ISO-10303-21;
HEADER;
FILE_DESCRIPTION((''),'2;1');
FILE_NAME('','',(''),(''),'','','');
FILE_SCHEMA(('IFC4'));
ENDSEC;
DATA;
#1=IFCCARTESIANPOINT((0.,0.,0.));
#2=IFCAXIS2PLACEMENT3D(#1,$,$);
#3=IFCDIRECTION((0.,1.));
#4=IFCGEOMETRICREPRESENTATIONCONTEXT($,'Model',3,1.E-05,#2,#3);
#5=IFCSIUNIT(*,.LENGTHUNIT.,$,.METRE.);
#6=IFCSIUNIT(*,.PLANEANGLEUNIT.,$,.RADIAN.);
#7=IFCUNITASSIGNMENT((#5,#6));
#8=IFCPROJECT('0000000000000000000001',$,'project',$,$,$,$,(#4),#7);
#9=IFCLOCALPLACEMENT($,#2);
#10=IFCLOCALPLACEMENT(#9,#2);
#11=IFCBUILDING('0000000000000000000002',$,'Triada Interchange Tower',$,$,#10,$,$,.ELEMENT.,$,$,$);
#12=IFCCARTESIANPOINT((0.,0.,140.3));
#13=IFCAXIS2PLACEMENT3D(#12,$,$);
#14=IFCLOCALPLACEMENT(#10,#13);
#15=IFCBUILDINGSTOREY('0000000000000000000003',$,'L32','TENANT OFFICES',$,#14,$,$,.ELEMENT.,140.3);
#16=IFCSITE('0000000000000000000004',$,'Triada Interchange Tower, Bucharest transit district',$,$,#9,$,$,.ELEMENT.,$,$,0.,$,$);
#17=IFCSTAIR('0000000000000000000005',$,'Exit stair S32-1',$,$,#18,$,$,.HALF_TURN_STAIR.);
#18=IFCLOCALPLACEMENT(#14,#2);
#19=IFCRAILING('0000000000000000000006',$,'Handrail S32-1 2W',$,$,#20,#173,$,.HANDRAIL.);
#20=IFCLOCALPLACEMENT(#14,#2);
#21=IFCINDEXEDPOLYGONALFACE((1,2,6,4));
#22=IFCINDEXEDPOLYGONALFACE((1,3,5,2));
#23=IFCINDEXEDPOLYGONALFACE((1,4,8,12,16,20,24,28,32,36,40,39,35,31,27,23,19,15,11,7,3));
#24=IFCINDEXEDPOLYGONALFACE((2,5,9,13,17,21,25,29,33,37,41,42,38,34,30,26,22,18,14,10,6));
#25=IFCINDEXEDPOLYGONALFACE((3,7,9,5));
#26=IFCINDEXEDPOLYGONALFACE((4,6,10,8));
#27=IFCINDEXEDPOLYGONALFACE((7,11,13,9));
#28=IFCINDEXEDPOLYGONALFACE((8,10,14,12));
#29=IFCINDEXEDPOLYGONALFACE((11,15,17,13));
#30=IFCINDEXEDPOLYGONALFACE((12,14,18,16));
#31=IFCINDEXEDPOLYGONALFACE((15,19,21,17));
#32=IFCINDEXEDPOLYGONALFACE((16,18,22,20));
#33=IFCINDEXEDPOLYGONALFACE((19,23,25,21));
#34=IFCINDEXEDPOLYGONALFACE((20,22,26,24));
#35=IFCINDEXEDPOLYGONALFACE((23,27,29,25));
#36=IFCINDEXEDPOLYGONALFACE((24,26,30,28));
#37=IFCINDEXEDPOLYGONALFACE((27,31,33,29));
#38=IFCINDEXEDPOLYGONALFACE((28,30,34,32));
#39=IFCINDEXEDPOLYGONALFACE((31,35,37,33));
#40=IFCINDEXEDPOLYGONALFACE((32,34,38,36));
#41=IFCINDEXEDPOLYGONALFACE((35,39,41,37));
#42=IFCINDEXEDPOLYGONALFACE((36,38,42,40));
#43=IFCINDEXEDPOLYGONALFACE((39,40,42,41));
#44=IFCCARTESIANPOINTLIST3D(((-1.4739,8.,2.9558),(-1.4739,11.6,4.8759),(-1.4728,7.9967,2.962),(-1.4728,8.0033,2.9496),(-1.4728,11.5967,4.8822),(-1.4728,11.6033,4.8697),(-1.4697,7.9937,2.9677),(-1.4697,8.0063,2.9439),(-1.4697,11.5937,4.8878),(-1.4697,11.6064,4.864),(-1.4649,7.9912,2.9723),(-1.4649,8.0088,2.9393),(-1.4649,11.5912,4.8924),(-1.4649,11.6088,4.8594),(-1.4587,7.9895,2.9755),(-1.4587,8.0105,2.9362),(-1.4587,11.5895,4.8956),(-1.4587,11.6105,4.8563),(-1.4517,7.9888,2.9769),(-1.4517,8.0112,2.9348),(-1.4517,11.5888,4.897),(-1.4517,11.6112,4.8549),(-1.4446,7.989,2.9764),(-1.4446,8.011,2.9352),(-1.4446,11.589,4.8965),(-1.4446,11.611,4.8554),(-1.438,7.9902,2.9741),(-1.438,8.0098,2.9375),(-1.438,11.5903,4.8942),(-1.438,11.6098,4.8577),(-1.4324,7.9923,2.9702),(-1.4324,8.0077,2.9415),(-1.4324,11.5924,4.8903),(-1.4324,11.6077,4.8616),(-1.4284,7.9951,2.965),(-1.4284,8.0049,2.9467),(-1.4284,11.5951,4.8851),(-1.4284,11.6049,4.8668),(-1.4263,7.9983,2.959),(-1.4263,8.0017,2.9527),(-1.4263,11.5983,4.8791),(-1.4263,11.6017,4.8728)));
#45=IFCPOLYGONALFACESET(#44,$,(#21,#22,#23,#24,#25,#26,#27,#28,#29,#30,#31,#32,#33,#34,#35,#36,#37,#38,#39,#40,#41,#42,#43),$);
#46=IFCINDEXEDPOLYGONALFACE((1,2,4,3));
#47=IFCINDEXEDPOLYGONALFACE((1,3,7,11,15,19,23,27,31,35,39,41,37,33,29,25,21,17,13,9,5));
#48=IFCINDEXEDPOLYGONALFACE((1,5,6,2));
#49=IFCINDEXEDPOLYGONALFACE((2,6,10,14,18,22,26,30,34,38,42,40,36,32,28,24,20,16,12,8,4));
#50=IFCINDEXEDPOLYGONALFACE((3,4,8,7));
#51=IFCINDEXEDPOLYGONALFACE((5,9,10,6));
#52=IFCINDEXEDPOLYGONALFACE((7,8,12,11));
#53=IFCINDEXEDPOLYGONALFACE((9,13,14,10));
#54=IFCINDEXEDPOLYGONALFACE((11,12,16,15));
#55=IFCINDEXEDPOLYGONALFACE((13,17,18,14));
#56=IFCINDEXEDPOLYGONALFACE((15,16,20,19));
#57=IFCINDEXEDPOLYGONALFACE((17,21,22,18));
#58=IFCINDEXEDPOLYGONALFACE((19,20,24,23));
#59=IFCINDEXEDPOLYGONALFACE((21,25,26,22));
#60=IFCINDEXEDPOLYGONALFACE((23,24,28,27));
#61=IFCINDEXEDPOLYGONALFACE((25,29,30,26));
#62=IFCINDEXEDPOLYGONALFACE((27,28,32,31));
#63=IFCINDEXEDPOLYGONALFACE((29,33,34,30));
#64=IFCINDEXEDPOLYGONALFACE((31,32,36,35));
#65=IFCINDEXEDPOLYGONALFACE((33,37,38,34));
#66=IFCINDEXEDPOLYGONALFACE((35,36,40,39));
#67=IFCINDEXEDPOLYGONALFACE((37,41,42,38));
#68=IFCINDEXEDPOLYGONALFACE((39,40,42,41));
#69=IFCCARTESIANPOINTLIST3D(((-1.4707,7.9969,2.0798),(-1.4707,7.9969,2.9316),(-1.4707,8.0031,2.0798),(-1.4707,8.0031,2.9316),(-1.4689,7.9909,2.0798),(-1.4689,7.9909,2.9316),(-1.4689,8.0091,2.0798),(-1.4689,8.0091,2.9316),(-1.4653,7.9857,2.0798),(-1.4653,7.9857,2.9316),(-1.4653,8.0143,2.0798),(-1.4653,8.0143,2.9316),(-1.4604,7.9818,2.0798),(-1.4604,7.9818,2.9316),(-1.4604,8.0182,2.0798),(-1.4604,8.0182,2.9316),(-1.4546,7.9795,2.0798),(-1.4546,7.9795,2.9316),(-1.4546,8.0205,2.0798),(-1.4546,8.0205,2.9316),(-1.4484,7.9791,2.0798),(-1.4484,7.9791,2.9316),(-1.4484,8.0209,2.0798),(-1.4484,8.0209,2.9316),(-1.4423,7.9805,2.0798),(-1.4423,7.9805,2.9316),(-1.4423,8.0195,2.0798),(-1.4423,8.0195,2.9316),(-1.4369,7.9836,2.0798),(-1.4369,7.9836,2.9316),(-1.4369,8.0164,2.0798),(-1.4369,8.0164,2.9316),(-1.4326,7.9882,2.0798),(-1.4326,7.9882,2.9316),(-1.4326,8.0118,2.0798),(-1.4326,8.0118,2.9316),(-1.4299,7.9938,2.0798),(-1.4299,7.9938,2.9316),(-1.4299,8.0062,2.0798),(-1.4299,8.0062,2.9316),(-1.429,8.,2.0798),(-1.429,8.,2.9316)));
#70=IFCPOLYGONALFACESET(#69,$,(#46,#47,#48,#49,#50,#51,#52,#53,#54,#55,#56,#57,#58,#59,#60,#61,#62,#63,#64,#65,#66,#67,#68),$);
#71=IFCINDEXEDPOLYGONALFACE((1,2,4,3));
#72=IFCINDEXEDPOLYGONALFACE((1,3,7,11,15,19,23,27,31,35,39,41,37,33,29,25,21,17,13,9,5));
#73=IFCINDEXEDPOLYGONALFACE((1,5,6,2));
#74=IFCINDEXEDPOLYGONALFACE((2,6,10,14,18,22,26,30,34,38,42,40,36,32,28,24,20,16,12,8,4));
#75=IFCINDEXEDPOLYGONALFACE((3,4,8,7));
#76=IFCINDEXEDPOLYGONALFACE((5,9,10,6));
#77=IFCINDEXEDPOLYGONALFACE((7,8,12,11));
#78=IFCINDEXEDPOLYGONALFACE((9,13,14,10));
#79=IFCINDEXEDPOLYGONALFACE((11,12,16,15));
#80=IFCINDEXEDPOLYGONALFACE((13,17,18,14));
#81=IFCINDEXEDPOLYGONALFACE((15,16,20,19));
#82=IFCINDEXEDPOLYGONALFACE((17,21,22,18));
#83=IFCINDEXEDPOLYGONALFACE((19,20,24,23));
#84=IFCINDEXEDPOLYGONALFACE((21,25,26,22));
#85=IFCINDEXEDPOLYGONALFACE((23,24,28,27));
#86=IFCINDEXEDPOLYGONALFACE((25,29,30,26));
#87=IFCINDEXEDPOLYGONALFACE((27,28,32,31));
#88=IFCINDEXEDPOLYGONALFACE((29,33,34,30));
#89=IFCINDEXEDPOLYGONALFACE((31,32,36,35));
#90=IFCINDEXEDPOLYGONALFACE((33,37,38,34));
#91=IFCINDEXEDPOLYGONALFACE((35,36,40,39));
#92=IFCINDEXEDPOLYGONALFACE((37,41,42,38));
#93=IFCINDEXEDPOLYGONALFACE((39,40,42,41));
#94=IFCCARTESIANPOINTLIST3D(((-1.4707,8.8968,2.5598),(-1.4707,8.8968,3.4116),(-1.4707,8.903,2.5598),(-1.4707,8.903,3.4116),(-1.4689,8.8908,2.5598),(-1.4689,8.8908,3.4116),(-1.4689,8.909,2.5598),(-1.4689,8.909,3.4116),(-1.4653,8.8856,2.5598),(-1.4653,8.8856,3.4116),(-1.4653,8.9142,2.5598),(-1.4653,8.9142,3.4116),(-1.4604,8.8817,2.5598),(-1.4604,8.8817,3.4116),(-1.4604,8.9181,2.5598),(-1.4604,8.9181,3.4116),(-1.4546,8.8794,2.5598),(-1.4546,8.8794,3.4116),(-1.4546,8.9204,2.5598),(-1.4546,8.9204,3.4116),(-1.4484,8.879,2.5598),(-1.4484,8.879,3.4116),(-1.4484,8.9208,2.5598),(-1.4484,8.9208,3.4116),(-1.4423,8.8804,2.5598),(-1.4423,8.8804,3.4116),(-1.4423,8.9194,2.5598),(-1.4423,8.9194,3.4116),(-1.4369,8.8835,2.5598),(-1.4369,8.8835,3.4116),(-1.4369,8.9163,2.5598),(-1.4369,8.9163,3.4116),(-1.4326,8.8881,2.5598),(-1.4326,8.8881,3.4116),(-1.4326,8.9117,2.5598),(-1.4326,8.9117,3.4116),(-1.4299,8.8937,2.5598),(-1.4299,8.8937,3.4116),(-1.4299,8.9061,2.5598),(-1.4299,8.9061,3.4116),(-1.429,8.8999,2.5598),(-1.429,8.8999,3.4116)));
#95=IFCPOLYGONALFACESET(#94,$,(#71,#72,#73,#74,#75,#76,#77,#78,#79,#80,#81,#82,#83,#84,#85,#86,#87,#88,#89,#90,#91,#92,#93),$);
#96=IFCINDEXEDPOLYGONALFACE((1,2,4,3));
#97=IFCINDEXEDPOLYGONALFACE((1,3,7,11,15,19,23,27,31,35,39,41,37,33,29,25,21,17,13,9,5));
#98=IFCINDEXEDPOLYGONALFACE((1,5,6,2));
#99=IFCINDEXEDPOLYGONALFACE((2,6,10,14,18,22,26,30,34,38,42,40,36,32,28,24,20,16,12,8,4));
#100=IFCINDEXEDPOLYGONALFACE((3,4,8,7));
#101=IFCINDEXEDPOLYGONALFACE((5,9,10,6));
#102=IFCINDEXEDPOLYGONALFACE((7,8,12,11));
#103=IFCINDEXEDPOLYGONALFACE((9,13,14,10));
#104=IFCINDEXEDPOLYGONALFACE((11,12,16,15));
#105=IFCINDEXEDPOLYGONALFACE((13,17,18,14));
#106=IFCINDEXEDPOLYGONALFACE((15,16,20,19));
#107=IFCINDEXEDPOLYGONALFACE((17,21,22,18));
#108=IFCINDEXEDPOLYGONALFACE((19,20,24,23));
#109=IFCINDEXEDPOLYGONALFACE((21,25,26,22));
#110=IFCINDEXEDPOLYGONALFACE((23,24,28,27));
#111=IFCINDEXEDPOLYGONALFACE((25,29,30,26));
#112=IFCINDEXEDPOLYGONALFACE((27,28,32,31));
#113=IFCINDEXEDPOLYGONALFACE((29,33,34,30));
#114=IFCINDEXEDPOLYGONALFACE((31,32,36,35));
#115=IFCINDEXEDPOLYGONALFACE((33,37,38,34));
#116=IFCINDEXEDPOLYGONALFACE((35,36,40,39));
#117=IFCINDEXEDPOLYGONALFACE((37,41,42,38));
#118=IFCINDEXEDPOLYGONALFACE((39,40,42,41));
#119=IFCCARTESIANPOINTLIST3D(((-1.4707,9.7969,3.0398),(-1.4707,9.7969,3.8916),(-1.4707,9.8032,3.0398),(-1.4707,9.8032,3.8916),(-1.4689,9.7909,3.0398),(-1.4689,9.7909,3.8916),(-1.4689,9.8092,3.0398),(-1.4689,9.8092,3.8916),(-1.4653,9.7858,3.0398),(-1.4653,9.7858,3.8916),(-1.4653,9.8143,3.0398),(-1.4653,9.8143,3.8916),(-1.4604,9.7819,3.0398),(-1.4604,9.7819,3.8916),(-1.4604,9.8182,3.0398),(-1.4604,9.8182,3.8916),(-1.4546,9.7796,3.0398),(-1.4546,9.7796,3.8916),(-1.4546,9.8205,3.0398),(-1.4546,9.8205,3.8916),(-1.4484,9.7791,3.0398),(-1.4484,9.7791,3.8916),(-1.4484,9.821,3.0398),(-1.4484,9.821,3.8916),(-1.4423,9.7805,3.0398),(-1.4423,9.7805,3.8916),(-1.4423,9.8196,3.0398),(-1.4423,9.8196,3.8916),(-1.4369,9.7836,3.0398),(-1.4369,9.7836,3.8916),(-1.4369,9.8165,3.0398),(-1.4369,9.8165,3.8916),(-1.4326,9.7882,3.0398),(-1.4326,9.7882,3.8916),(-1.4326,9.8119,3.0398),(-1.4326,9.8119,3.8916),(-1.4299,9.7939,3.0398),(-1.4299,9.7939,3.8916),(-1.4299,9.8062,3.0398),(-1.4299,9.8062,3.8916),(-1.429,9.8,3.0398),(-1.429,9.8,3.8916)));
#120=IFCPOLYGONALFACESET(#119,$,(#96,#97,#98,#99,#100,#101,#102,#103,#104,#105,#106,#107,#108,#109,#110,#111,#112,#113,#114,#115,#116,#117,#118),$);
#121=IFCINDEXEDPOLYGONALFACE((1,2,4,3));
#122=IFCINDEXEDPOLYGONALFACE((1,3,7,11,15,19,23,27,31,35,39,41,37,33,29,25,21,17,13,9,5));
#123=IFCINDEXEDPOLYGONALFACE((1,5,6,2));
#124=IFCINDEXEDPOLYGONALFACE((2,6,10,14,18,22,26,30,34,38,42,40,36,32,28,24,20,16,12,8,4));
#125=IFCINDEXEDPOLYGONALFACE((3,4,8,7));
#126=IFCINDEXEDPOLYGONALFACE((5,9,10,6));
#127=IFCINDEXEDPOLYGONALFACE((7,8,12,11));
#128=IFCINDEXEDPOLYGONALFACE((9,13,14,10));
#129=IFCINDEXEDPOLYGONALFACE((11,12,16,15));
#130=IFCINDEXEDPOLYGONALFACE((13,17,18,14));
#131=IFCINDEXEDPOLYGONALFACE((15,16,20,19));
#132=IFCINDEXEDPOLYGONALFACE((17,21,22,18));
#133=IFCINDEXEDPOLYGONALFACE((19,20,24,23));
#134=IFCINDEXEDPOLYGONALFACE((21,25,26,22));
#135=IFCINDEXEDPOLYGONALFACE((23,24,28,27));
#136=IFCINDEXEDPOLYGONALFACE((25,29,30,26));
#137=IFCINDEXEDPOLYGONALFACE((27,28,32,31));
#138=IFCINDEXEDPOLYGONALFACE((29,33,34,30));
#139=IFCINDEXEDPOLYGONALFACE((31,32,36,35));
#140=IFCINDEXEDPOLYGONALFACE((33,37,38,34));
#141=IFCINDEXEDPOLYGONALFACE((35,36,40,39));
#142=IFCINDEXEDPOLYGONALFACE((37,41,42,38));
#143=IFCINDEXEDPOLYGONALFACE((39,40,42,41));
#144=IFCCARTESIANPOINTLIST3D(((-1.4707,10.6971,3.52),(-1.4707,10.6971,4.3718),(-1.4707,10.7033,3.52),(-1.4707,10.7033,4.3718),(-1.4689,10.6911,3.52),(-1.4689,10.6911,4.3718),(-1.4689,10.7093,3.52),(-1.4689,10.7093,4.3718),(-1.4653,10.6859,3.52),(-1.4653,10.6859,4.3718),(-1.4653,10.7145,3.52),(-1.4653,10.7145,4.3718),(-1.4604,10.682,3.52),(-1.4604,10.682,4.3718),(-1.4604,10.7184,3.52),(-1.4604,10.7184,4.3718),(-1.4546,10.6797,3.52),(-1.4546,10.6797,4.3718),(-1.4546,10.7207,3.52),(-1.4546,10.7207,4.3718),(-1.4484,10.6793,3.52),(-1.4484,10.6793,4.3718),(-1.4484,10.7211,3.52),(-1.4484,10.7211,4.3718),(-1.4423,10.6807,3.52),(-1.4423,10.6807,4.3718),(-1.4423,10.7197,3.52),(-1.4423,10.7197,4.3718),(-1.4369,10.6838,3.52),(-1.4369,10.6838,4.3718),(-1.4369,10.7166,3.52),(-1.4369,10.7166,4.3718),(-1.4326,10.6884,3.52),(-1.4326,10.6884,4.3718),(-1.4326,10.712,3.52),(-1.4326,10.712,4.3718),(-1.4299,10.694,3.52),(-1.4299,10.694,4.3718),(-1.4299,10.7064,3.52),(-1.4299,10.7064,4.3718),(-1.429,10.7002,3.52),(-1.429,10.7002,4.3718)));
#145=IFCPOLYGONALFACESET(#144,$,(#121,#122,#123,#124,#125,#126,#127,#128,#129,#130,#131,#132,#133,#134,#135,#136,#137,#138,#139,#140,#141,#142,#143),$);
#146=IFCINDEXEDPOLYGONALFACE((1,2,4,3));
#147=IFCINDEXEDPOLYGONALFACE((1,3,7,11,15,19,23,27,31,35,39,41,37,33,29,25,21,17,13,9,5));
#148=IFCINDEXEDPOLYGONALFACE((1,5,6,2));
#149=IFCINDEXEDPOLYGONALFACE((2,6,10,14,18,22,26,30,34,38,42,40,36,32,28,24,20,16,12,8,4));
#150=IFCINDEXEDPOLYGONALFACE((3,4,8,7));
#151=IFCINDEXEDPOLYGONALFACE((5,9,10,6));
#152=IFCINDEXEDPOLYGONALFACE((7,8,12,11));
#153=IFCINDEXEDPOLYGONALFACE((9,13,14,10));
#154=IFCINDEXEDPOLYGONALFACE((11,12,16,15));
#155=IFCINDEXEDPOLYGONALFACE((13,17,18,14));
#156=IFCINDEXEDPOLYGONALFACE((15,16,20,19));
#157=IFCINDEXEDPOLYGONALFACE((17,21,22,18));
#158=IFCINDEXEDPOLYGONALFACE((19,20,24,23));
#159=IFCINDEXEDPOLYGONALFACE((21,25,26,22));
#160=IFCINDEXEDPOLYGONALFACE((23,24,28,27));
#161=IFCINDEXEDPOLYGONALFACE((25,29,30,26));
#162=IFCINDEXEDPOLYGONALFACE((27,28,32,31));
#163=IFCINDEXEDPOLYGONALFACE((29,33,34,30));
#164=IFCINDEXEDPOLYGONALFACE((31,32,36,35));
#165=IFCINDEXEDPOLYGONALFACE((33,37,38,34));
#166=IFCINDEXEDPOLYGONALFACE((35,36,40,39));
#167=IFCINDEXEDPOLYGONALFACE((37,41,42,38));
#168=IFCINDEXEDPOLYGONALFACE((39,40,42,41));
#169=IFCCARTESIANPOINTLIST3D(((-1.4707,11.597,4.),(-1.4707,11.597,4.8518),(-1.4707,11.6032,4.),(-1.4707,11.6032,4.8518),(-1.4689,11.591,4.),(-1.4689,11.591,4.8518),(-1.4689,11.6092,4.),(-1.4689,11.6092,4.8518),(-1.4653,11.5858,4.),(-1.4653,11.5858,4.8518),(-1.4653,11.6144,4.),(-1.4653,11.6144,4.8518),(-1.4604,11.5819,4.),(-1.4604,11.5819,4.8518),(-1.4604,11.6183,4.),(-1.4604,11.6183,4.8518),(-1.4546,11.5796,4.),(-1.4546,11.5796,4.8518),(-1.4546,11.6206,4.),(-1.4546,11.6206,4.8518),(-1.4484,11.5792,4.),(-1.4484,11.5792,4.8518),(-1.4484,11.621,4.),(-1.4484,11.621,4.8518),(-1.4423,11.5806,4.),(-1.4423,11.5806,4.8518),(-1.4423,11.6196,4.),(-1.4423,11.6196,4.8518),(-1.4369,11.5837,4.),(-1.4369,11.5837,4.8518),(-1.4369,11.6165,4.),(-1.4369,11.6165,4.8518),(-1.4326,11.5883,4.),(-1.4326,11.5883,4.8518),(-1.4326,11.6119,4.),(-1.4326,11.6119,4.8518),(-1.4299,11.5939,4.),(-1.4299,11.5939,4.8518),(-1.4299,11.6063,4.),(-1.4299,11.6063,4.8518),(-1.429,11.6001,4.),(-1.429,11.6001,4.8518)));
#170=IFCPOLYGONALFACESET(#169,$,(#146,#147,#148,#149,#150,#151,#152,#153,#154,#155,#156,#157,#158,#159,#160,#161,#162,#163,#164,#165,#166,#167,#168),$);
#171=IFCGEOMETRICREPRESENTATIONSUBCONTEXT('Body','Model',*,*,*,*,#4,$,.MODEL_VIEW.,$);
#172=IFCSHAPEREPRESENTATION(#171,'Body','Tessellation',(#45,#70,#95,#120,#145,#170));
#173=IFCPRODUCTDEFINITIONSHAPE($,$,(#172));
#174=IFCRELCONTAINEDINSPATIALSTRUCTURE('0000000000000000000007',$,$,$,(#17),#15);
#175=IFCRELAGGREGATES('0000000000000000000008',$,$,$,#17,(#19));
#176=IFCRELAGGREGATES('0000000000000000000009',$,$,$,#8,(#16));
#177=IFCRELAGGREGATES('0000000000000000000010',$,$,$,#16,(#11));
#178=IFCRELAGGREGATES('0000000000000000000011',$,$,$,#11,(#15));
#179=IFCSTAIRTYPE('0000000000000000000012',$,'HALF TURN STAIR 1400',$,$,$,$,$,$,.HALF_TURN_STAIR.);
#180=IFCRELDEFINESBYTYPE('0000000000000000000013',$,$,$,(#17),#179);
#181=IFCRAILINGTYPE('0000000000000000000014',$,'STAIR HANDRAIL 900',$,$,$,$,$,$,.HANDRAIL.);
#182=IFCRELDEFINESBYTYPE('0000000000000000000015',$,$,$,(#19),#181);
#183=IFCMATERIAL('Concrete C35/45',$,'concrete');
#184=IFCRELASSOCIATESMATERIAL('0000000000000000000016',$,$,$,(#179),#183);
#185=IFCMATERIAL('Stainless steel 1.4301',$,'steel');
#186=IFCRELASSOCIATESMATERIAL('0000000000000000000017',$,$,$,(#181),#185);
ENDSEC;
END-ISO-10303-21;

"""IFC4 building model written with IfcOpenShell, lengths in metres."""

from ifc_helpers import new_model, si_unit, direction, frame, origin, origin_2d, place, context, subcontext, project, spatial, circle, extrude, material, type_object, element, aggregate, save


model = new_model("IFC4")

# Units and contexts
model_context = context("Model", 3, precision=1e-05, world=origin(), true_north=direction((0.0, 1.0)))
body_context = subcontext(model_context, "Body", "Model", "MODEL_VIEW")
ifc_project = project(units=[si_unit("LENGTHUNIT", "METRE"), si_unit("PLANEANGLEUNIT", "RADIAN")], contexts=[model_context])

# Site, building, storey
site_placement = place(None, origin())
site = spatial("IfcSite", under=ifc_project, at=site_placement, Name="Triada Interchange Tower, Bucharest transit district", CompositionType="ELEMENT", RefElevation=0.0)
building_placement = place(site_placement, origin())
building = spatial("IfcBuilding", under=site, at=building_placement, Name="Triada Interchange Tower", CompositionType="ELEMENT")
storey_placement = place(building_placement, frame((0.0, 0.0, 140.3)))
storey = spatial("IfcBuildingStorey", under=building, at=storey_placement, Name="L32", Description="TENANT OFFICES", CompositionType="ELEMENT", Elevation=140.3)

# Stair, railing
ifc_material_1 = material(Name="Concrete C35/45", Category="concrete")
stair_type = type_object("IfcStairType", Name="HALF TURN STAIR 1400", PredefinedType="HALF_TURN_STAIR", material=ifc_material_1)
stair_placement = place(storey_placement, origin())
stair = element("IfcStair", 1, at=stair_placement, inside=storey, type_object=stair_type, Name="Exit stair S32-1", PredefinedType="HALF_TURN_STAIR")
ifc_material_2 = material(Name="Stainless steel 1.4301", Category="steel")
railing_type = type_object("IfcRailingType", Name="STAIR HANDRAIL 900", PredefinedType="HANDRAIL", material=ifc_material_2)
railing_1_placement = place(storey_placement, frame((-1.45, 8.0, 2.0798)))
railing_1 = element("IfcRailing", 2, at=railing_1_placement, type_object=railing_type, Name="Handrail S32-1 2W", PredefinedType="HANDRAIL", context=body_context, shape_type="SweptSolid", body=[
    extrude(circle(Radius=0.0239, at=origin_2d()), frame((0.0, 0.0, 0.876), z_axis=(0.0, 0.882341, 0.47061), x_axis=(-1.0, 0.0, 0.0)), (0.0, 0.0, 1.0), 4.0801),
    extrude(circle(Radius=0.021, at=origin_2d()), origin(), (0.0, 0.0, 1.0), 0.8518),
    extrude(circle(Radius=0.021, at=origin_2d()), frame((0.0, 0.8999, 0.48)), (0.0, 0.0, 1.0), 0.8518),
    extrude(circle(Radius=0.021, at=origin_2d()), frame((0.0, 1.8, 0.96)), (0.0, 0.0, 1.0), 0.8518),
    extrude(circle(Radius=0.021, at=origin_2d()), frame((0.0, 2.7002, 1.4402)), (0.0, 0.0, 1.0), 0.8518),
    extrude(circle(Radius=0.021, at=origin_2d()), frame((0.0, 3.6001, 1.9202)), (0.0, 0.0, 1.0), 0.8518),
])
aggregate(stair, [railing_1])

save(model, "model.ifc")
